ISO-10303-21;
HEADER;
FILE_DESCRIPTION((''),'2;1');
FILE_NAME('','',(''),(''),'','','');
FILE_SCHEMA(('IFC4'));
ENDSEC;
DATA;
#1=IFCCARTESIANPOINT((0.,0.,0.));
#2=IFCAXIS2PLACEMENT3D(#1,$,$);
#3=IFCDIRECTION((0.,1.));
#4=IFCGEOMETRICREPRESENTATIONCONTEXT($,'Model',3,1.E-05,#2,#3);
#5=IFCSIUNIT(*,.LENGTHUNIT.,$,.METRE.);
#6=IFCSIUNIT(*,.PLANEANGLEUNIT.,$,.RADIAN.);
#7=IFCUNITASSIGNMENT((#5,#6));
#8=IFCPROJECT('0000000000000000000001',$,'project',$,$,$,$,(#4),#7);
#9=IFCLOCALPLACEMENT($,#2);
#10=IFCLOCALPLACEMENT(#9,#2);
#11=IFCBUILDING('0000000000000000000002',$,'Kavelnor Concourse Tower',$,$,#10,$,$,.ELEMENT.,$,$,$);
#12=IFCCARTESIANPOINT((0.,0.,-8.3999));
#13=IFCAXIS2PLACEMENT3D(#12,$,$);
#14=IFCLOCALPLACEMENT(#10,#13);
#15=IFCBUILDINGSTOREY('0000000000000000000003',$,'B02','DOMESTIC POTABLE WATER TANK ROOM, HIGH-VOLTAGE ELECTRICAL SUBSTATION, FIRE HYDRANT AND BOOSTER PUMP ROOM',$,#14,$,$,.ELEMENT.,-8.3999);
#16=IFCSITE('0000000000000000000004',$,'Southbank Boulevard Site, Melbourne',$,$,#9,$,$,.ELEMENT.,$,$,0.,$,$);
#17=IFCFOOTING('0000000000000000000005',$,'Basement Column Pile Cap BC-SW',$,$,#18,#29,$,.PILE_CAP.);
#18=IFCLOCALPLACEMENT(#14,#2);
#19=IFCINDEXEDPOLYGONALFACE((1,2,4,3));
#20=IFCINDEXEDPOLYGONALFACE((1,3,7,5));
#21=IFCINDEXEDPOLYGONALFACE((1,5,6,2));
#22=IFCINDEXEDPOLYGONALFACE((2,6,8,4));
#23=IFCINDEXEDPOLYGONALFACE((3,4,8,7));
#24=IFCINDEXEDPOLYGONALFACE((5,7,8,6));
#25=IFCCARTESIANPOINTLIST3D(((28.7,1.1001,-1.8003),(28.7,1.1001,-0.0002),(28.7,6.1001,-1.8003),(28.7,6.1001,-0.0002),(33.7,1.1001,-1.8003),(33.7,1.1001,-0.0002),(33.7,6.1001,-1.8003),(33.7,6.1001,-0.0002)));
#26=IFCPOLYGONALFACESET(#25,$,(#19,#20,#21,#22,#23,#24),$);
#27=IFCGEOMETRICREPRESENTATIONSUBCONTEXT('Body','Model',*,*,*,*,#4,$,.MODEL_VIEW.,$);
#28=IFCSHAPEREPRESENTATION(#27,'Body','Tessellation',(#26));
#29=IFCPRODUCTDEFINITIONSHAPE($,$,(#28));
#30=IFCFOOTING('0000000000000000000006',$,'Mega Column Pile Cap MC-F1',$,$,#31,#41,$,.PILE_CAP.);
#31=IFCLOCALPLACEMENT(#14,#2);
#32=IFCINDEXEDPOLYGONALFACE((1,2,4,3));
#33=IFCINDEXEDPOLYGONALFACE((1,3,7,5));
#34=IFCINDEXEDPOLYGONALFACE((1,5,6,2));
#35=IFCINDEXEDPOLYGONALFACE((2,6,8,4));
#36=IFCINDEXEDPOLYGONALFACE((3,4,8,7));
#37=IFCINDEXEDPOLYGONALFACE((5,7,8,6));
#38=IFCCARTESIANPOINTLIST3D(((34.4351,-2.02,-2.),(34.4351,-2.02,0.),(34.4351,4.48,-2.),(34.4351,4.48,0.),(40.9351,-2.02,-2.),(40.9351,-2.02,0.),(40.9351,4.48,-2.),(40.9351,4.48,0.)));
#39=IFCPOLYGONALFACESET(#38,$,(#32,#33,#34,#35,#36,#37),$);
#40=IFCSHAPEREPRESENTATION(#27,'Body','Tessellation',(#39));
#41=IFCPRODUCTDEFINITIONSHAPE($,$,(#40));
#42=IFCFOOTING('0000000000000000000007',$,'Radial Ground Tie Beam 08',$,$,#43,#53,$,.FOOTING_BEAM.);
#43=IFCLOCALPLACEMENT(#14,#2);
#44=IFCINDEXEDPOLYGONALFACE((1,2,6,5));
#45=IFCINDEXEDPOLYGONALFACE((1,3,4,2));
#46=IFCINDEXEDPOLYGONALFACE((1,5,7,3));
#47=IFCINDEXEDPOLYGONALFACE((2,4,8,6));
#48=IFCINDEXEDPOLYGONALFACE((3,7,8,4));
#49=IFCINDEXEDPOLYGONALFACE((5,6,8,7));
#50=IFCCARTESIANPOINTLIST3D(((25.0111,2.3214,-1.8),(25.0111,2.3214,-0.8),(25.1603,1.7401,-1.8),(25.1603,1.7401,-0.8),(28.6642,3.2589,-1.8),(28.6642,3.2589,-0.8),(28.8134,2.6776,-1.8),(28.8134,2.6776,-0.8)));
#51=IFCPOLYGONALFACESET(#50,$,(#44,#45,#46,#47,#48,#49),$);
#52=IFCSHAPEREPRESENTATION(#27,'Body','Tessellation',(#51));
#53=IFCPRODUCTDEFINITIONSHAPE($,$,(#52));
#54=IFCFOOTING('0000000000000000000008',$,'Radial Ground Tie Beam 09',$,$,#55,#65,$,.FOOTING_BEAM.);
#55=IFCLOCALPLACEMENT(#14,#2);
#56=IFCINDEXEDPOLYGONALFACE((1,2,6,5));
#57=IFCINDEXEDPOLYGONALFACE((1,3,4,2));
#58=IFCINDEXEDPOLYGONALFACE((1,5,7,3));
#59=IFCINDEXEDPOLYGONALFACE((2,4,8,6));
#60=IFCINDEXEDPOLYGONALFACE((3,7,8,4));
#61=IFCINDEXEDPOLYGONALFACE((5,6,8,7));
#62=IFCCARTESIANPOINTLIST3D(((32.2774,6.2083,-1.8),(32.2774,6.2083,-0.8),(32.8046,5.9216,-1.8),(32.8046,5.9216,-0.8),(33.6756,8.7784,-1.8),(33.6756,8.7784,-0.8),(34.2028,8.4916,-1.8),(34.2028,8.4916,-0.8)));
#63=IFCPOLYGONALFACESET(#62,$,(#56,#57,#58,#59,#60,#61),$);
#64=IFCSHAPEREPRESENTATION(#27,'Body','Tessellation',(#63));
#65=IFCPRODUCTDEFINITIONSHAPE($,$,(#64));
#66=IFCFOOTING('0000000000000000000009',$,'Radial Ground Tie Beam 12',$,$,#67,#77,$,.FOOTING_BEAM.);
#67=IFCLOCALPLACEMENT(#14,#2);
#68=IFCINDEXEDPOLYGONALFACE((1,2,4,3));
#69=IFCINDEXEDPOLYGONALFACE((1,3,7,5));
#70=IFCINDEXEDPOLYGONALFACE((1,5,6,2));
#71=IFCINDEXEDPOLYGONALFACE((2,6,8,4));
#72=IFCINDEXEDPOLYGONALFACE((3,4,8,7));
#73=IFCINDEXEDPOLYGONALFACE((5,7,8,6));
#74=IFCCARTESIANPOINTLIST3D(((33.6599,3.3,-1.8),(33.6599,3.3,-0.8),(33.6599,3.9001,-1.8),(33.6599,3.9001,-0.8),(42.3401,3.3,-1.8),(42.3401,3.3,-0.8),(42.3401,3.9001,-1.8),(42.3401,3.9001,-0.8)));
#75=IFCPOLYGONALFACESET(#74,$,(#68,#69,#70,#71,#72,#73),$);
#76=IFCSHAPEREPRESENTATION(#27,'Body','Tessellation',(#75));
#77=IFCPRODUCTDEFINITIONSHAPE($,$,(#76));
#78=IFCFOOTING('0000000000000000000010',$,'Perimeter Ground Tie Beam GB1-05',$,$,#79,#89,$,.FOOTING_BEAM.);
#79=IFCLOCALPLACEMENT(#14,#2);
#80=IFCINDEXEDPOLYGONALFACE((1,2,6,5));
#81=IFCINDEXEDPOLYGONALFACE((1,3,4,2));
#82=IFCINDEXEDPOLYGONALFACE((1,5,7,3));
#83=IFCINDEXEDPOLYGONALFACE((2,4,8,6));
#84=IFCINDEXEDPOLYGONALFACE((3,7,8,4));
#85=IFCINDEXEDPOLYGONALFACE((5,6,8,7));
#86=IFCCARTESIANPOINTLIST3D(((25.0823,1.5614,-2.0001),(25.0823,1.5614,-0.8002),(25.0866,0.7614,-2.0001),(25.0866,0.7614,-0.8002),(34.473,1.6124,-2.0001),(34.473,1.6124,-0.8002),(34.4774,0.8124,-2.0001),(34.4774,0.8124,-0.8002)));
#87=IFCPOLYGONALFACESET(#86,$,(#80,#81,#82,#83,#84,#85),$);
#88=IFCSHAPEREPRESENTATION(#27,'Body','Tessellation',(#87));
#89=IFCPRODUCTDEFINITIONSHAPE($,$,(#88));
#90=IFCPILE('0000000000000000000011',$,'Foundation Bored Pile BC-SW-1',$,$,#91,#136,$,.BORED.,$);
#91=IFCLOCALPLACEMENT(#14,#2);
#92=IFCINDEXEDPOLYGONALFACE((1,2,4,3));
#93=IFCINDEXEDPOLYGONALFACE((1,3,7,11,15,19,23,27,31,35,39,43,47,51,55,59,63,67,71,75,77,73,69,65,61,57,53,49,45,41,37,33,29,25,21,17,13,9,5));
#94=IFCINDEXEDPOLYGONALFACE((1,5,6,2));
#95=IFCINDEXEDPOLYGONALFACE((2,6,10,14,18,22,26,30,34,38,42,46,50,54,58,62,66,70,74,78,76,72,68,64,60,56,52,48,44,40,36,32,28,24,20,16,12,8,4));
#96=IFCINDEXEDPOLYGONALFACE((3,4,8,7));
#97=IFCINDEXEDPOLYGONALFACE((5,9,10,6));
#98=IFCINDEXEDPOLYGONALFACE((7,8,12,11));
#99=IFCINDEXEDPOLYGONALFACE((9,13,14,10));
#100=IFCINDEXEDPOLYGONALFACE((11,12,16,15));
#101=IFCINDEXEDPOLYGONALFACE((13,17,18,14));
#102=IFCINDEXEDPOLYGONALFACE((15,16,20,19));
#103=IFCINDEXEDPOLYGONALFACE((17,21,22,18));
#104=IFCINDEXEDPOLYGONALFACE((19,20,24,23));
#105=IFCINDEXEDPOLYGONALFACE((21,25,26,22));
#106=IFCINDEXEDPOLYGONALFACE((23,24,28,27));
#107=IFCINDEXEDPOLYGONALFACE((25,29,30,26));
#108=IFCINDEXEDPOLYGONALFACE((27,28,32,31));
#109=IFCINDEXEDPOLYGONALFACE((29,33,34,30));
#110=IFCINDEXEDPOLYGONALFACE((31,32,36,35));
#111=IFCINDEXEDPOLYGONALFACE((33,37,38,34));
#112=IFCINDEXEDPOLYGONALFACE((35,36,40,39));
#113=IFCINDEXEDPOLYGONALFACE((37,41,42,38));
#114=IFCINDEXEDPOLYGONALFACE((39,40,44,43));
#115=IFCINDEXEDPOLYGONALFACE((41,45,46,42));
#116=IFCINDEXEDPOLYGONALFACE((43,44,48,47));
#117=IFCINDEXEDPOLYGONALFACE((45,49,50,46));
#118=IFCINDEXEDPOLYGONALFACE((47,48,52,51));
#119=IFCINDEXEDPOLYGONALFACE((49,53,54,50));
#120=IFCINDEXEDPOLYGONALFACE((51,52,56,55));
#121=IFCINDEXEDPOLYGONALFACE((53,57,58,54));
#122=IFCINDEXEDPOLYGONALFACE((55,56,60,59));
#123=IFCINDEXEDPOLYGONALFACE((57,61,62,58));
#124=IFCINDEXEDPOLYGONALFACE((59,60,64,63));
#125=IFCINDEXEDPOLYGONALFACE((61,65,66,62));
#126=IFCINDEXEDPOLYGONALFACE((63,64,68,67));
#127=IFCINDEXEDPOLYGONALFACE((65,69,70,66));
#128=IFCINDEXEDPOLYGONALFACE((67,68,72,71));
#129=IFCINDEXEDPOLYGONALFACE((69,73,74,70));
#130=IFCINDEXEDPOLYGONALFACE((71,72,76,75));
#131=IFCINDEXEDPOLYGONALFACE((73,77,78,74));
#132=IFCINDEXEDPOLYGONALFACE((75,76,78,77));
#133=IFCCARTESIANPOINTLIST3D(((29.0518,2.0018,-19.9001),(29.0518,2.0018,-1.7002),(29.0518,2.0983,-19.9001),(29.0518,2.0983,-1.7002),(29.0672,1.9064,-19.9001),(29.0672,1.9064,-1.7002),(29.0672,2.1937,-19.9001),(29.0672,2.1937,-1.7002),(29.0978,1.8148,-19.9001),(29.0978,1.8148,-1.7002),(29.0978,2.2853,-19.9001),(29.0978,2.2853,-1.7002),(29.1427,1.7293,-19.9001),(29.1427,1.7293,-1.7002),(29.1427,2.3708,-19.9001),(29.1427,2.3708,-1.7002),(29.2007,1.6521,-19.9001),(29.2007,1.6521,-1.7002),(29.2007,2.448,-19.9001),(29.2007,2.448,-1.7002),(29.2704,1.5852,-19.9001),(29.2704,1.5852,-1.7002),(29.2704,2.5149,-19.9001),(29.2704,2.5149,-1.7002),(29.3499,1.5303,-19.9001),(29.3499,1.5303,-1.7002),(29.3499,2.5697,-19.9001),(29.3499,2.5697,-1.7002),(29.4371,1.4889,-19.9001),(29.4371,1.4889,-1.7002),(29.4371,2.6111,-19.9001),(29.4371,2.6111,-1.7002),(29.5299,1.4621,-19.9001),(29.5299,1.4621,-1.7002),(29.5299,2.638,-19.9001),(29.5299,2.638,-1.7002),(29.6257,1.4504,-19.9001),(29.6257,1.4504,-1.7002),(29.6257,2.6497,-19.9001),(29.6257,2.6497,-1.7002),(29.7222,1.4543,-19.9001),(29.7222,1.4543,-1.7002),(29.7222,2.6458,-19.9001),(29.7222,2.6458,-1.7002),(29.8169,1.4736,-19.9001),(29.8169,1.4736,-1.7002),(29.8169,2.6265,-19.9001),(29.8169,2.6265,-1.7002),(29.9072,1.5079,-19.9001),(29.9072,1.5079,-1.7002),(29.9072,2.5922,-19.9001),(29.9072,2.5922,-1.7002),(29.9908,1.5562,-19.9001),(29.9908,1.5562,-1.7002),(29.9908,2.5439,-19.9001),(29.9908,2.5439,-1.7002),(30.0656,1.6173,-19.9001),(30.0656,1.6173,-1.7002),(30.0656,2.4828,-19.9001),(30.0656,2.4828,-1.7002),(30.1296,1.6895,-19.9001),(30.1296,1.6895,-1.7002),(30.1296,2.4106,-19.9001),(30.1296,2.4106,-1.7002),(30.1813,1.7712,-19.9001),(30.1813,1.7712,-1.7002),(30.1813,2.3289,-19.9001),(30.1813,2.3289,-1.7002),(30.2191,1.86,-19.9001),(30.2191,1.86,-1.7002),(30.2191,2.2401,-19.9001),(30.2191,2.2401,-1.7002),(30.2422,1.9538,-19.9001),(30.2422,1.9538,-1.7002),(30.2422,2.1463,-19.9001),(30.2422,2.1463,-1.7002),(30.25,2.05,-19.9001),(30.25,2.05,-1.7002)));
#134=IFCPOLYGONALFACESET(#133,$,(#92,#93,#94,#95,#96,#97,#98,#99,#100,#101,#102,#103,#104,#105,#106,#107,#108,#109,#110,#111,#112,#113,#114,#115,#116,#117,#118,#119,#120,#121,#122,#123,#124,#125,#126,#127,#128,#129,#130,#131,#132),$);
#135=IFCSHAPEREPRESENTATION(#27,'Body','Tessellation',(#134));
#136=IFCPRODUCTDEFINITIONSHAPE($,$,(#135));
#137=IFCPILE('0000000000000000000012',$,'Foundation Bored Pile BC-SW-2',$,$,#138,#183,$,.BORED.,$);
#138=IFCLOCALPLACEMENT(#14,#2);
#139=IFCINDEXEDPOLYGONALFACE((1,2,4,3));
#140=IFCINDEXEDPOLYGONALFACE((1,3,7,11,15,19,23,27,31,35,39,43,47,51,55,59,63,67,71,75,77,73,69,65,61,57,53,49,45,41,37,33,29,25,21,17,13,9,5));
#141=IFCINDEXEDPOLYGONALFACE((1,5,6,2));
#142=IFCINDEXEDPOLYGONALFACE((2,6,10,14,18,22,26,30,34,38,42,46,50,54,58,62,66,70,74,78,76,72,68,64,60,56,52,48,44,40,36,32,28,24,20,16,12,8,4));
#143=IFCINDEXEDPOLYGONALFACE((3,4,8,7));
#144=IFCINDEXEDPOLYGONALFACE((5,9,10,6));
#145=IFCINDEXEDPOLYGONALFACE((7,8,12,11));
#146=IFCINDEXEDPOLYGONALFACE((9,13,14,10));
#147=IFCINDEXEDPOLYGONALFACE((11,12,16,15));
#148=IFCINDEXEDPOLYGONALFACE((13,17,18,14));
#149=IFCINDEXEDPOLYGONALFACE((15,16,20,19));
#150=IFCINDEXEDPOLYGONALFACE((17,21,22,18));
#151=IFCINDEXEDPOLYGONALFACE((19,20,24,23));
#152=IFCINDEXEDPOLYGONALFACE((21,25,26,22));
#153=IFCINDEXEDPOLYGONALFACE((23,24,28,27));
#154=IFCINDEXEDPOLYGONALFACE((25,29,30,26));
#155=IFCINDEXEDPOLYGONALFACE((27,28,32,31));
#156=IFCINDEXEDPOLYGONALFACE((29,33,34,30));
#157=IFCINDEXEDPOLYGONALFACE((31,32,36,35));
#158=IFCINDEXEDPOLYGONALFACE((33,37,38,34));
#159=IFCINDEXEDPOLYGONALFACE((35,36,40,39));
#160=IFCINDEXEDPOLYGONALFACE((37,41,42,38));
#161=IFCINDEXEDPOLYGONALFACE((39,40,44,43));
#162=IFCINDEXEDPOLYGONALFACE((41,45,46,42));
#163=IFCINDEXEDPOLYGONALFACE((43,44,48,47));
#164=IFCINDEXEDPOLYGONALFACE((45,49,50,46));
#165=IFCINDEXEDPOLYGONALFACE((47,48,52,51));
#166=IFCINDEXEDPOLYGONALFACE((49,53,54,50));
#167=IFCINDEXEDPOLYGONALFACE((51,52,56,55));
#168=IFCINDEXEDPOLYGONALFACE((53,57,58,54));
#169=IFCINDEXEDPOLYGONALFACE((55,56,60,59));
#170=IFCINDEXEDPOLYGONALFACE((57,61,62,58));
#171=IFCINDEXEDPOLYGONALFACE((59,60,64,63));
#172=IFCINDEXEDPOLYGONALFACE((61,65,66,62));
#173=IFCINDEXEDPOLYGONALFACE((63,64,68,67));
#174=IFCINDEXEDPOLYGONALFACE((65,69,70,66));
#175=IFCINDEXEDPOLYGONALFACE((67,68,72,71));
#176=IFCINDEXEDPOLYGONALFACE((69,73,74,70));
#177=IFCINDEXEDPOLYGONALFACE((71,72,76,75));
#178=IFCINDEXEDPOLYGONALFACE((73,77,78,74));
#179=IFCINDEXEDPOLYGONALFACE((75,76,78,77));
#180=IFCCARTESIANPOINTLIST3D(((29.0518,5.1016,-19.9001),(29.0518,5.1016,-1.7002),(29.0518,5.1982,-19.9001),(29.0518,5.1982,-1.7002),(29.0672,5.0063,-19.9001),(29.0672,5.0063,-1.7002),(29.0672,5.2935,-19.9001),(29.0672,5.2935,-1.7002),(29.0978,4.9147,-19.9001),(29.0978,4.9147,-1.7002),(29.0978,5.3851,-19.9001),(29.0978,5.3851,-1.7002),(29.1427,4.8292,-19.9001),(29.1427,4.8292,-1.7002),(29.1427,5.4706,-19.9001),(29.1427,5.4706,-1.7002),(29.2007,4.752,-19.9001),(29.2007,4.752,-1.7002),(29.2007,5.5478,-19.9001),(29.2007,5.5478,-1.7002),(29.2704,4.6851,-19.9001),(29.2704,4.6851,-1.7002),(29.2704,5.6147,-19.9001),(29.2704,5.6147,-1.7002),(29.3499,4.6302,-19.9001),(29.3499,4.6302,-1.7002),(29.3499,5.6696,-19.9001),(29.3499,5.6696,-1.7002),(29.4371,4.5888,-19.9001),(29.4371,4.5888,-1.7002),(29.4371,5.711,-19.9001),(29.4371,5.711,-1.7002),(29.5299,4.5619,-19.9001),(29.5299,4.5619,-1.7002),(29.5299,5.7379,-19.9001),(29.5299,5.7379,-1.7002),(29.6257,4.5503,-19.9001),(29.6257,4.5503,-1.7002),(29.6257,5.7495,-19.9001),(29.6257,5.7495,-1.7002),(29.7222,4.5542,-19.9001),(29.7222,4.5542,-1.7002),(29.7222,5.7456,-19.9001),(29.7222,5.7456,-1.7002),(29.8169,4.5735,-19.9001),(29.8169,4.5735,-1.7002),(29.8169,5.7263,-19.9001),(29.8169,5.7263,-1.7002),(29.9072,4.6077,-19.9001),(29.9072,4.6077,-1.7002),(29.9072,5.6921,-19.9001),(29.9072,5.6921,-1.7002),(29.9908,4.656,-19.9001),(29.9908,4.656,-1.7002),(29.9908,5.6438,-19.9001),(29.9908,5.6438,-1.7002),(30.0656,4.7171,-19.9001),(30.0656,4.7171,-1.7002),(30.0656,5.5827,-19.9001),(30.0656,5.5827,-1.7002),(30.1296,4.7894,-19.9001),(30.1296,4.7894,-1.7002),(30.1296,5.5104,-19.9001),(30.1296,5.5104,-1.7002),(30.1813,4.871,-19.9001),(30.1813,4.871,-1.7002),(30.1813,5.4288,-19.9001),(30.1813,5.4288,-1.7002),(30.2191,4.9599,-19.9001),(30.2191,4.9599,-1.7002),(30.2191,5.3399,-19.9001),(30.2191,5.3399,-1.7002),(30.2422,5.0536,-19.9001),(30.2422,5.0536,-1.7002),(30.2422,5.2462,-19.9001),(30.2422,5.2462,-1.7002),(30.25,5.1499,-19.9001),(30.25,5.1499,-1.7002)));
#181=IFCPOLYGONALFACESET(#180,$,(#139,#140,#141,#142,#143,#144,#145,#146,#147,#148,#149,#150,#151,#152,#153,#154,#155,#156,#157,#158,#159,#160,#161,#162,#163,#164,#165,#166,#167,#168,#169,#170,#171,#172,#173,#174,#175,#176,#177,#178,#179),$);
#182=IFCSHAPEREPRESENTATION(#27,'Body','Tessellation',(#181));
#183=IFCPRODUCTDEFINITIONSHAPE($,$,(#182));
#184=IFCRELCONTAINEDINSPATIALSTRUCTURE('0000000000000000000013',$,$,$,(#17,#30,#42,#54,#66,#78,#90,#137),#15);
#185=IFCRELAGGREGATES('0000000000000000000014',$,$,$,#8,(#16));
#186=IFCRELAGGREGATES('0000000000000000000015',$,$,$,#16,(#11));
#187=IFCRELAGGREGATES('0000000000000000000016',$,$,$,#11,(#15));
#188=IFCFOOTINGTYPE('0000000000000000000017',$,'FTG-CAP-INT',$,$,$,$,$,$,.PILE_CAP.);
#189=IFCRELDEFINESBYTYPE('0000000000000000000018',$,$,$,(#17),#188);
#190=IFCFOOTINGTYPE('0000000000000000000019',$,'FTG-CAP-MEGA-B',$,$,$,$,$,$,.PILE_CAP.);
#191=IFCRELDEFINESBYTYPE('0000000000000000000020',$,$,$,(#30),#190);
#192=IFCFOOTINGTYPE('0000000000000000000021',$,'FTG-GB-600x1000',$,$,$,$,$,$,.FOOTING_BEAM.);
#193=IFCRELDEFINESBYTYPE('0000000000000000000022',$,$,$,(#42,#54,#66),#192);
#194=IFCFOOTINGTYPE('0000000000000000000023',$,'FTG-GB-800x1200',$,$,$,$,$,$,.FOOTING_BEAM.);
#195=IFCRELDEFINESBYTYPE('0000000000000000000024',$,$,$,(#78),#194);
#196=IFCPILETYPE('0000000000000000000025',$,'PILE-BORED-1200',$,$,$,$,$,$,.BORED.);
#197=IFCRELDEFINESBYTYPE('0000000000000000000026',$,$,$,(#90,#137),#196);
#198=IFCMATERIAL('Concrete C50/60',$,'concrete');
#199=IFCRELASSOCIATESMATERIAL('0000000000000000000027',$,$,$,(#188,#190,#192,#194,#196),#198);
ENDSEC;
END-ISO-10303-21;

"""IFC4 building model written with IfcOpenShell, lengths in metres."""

from ifc_helpers import new_model, si_unit, direction, frame, origin, origin_2d, place, context, subcontext, project, spatial, rectangle, circle, extrude, material, material_profile, profile_set, type_object, element, save


model = new_model("IFC4")

# Units and contexts
model_context = context("Model", 3, precision=1e-05, world=origin(), true_north=direction((0.0, 1.0)))
body_context = subcontext(model_context, "Body", "Model", "MODEL_VIEW")
ifc_project = project(units=[si_unit("LENGTHUNIT", "METRE"), si_unit("PLANEANGLEUNIT", "RADIAN")], contexts=[model_context])

# Site, building, storey
site_placement = place(None, origin())
site = spatial("IfcSite", under=ifc_project, at=site_placement, Name="Southbank Boulevard Site, Melbourne", CompositionType="ELEMENT", RefElevation=0.0)
building_placement = place(site_placement, origin())
building = spatial("IfcBuilding", under=site, at=building_placement, Name="Kavelnor Concourse Tower", CompositionType="ELEMENT")
storey_placement = place(building_placement, frame((0.0, 0.0, -8.3999)))
storey = spatial("IfcBuildingStorey", under=building, at=storey_placement, Name="B02", Description="DOMESTIC POTABLE WATER TANK ROOM, HIGH-VOLTAGE ELECTRICAL SUBSTATION, FIRE HYDRANT AND BOOSTER PUMP ROOM", CompositionType="ELEMENT", Elevation=-8.3999)

# Footings
ifc_material_1 = material(Name="Concrete C50/60", Category="concrete")
footing_type_1 = type_object("IfcFootingType", Name="FTG-CAP-INT", PredefinedType="PILE_CAP", material=ifc_material_1)
footing_1_placement = place(storey_placement, frame((31.2, 3.6001, -1.8003), z_axis=(0.0, 0.0, 1.0), x_axis=(1.0, 0.0, 0.0)))
element("IfcFooting", 1, at=footing_1_placement, inside=storey, type_object=footing_type_1, Name="Basement Column Pile Cap BC-SW", PredefinedType="PILE_CAP", context=body_context, shape_type="SweptSolid", body=[
    extrude(rectangle(XDim=5.0, YDim=5.0, at=origin_2d()), origin(), (0.0, 0.0, 1.0), 1.8),
])
footing_type_2 = type_object("IfcFootingType", Name="FTG-CAP-MEGA-B", PredefinedType="PILE_CAP", material=ifc_material_1)
footing_2_placement = place(storey_placement, frame((37.6851, 1.23, -2.0), z_axis=(0.0, 0.0, 1.0), x_axis=(1.0, 0.0, 0.0)))
element("IfcFooting", 2, at=footing_2_placement, inside=storey, type_object=footing_type_2, Name="Mega Column Pile Cap MC-F1", PredefinedType="PILE_CAP", context=body_context, shape_type="SweptSolid", body=[
    extrude(rectangle(XDim=6.5, YDim=6.5, at=origin_2d()), origin(), (0.0, 0.0, 1.0), 2.0),
])
ifc_material_profile_1 = material_profile(ifc_material_1, rectangle(XDim=0.6001, YDim=1.0, at=origin_2d()), Name="RC-GB 600x1000")
ifc_profile_set_1 = profile_set([ifc_material_profile_1], Name="Concrete C50/60")
footing_type_3 = type_object("IfcFootingType", Name="FTG-GB-600x1000", PredefinedType="FOOTING_BEAM", material=ifc_profile_set_1)
footing_3_placement = place(storey_placement, frame((25.0857, 2.0308, -1.3), z_axis=(0.968612, 0.248578, 0.0), x_axis=(-0.248578, 0.968612, 0.0)))
element("IfcFooting", 3, at=footing_3_placement, inside=storey, type_object=footing_type_3, Name="Radial Ground Tie Beam 08", PredefinedType="FOOTING_BEAM", context=body_context, shape_type="SweptSolid", body=[
    extrude(rectangle(XDim=0.6001, YDim=1.0, at=origin_2d()), origin(), (0.0, 0.0, 1.0), 3.7715),
])
footing_4_placement = place(storey_placement, frame((32.541, 6.0649, -1.3), z_axis=(0.477887, 0.878421, 0.0), x_axis=(-0.878421, 0.477887, 0.0)))
element("IfcFooting", 4, at=footing_4_placement, inside=storey, type_object=footing_type_3, Name="Radial Ground Tie Beam 09", PredefinedType="FOOTING_BEAM", context=body_context, shape_type="SweptSolid", body=[
    extrude(rectangle(XDim=0.6001, YDim=1.0, at=origin_2d()), origin(), (0.0, 0.0, 1.0), 2.9258),
])
footing_5_placement = place(storey_placement, frame((33.6599, 3.6001, -1.3), z_axis=(1.0, 0.0, 0.0), x_axis=(0.0, 1.0, 0.0)))
element("IfcFooting", 5, at=footing_5_placement, inside=storey, type_object=footing_type_3, Name="Radial Ground Tie Beam 12", PredefinedType="FOOTING_BEAM", context=body_context, shape_type="SweptSolid", body=[
    extrude(rectangle(XDim=0.6001, YDim=1.0, at=origin_2d()), origin(), (0.0, 0.0, 1.0), 8.6802),
])
ifc_material_profile_2 = material_profile(ifc_material_1, rectangle(XDim=0.8, YDim=1.2, at=origin_2d()), Name="RC-GB 800x1200")
ifc_profile_set_2 = profile_set([ifc_material_profile_2], Name="Concrete C50/60")
footing_type_4 = type_object("IfcFootingType", Name="FTG-GB-800x1200", PredefinedType="FOOTING_BEAM", material=ifc_profile_set_2)
footing_6_placement = place(storey_placement, frame((25.0845, 1.1614, -1.4001), z_axis=(0.999985, 0.005434, 0.0), x_axis=(-0.005434, 0.999985, 0.0)))
element("IfcFooting", 6, at=footing_6_placement, inside=storey, type_object=footing_type_4, Name="Perimeter Ground Tie Beam GB1-05", PredefinedType="FOOTING_BEAM", context=body_context, shape_type="SweptSolid", body=[
    extrude(rectangle(XDim=0.8, YDim=1.2, at=origin_2d()), origin(), (0.0, 0.0, 1.0), 9.3909),
])

# Piles
ifc_material_profile_3 = material_profile(ifc_material_1, circle(Radius=0.6001, at=origin_2d()), Name="PILE-D1200")
ifc_profile_set_3 = profile_set([ifc_material_profile_3], Name="Concrete C50/60")
pile_type_1 = type_object("IfcPileType", Name="PILE-BORED-1200", PredefinedType="BORED", material=ifc_profile_set_3)
for number, where, z_axis, x_axis, name in (
    (7, (29.6499, 2.05, -1.7002), (0.0, 0.0, -1.0), (1.0, 0.0, 0.0), "Foundation Bored Pile BC-SW-1"),
    (8, (29.6499, 5.1499, -1.7002), (0.0, 0.0, -1.0), (1.0, 0.0, 0.0), "Foundation Bored Pile BC-SW-2"),
):
    element("IfcPile", number, at=place(storey_placement, frame(where, z_axis=z_axis, x_axis=x_axis)), inside=storey, type_object=pile_type_1, Name=name, PredefinedType="BORED", context=body_context, shape_type="SweptSolid", body=[
        extrude(circle(Radius=0.6001, at=origin_2d()), origin(), (0.0, 0.0, 1.0), 18.2),
    ])

save(model, "model.ifc")
